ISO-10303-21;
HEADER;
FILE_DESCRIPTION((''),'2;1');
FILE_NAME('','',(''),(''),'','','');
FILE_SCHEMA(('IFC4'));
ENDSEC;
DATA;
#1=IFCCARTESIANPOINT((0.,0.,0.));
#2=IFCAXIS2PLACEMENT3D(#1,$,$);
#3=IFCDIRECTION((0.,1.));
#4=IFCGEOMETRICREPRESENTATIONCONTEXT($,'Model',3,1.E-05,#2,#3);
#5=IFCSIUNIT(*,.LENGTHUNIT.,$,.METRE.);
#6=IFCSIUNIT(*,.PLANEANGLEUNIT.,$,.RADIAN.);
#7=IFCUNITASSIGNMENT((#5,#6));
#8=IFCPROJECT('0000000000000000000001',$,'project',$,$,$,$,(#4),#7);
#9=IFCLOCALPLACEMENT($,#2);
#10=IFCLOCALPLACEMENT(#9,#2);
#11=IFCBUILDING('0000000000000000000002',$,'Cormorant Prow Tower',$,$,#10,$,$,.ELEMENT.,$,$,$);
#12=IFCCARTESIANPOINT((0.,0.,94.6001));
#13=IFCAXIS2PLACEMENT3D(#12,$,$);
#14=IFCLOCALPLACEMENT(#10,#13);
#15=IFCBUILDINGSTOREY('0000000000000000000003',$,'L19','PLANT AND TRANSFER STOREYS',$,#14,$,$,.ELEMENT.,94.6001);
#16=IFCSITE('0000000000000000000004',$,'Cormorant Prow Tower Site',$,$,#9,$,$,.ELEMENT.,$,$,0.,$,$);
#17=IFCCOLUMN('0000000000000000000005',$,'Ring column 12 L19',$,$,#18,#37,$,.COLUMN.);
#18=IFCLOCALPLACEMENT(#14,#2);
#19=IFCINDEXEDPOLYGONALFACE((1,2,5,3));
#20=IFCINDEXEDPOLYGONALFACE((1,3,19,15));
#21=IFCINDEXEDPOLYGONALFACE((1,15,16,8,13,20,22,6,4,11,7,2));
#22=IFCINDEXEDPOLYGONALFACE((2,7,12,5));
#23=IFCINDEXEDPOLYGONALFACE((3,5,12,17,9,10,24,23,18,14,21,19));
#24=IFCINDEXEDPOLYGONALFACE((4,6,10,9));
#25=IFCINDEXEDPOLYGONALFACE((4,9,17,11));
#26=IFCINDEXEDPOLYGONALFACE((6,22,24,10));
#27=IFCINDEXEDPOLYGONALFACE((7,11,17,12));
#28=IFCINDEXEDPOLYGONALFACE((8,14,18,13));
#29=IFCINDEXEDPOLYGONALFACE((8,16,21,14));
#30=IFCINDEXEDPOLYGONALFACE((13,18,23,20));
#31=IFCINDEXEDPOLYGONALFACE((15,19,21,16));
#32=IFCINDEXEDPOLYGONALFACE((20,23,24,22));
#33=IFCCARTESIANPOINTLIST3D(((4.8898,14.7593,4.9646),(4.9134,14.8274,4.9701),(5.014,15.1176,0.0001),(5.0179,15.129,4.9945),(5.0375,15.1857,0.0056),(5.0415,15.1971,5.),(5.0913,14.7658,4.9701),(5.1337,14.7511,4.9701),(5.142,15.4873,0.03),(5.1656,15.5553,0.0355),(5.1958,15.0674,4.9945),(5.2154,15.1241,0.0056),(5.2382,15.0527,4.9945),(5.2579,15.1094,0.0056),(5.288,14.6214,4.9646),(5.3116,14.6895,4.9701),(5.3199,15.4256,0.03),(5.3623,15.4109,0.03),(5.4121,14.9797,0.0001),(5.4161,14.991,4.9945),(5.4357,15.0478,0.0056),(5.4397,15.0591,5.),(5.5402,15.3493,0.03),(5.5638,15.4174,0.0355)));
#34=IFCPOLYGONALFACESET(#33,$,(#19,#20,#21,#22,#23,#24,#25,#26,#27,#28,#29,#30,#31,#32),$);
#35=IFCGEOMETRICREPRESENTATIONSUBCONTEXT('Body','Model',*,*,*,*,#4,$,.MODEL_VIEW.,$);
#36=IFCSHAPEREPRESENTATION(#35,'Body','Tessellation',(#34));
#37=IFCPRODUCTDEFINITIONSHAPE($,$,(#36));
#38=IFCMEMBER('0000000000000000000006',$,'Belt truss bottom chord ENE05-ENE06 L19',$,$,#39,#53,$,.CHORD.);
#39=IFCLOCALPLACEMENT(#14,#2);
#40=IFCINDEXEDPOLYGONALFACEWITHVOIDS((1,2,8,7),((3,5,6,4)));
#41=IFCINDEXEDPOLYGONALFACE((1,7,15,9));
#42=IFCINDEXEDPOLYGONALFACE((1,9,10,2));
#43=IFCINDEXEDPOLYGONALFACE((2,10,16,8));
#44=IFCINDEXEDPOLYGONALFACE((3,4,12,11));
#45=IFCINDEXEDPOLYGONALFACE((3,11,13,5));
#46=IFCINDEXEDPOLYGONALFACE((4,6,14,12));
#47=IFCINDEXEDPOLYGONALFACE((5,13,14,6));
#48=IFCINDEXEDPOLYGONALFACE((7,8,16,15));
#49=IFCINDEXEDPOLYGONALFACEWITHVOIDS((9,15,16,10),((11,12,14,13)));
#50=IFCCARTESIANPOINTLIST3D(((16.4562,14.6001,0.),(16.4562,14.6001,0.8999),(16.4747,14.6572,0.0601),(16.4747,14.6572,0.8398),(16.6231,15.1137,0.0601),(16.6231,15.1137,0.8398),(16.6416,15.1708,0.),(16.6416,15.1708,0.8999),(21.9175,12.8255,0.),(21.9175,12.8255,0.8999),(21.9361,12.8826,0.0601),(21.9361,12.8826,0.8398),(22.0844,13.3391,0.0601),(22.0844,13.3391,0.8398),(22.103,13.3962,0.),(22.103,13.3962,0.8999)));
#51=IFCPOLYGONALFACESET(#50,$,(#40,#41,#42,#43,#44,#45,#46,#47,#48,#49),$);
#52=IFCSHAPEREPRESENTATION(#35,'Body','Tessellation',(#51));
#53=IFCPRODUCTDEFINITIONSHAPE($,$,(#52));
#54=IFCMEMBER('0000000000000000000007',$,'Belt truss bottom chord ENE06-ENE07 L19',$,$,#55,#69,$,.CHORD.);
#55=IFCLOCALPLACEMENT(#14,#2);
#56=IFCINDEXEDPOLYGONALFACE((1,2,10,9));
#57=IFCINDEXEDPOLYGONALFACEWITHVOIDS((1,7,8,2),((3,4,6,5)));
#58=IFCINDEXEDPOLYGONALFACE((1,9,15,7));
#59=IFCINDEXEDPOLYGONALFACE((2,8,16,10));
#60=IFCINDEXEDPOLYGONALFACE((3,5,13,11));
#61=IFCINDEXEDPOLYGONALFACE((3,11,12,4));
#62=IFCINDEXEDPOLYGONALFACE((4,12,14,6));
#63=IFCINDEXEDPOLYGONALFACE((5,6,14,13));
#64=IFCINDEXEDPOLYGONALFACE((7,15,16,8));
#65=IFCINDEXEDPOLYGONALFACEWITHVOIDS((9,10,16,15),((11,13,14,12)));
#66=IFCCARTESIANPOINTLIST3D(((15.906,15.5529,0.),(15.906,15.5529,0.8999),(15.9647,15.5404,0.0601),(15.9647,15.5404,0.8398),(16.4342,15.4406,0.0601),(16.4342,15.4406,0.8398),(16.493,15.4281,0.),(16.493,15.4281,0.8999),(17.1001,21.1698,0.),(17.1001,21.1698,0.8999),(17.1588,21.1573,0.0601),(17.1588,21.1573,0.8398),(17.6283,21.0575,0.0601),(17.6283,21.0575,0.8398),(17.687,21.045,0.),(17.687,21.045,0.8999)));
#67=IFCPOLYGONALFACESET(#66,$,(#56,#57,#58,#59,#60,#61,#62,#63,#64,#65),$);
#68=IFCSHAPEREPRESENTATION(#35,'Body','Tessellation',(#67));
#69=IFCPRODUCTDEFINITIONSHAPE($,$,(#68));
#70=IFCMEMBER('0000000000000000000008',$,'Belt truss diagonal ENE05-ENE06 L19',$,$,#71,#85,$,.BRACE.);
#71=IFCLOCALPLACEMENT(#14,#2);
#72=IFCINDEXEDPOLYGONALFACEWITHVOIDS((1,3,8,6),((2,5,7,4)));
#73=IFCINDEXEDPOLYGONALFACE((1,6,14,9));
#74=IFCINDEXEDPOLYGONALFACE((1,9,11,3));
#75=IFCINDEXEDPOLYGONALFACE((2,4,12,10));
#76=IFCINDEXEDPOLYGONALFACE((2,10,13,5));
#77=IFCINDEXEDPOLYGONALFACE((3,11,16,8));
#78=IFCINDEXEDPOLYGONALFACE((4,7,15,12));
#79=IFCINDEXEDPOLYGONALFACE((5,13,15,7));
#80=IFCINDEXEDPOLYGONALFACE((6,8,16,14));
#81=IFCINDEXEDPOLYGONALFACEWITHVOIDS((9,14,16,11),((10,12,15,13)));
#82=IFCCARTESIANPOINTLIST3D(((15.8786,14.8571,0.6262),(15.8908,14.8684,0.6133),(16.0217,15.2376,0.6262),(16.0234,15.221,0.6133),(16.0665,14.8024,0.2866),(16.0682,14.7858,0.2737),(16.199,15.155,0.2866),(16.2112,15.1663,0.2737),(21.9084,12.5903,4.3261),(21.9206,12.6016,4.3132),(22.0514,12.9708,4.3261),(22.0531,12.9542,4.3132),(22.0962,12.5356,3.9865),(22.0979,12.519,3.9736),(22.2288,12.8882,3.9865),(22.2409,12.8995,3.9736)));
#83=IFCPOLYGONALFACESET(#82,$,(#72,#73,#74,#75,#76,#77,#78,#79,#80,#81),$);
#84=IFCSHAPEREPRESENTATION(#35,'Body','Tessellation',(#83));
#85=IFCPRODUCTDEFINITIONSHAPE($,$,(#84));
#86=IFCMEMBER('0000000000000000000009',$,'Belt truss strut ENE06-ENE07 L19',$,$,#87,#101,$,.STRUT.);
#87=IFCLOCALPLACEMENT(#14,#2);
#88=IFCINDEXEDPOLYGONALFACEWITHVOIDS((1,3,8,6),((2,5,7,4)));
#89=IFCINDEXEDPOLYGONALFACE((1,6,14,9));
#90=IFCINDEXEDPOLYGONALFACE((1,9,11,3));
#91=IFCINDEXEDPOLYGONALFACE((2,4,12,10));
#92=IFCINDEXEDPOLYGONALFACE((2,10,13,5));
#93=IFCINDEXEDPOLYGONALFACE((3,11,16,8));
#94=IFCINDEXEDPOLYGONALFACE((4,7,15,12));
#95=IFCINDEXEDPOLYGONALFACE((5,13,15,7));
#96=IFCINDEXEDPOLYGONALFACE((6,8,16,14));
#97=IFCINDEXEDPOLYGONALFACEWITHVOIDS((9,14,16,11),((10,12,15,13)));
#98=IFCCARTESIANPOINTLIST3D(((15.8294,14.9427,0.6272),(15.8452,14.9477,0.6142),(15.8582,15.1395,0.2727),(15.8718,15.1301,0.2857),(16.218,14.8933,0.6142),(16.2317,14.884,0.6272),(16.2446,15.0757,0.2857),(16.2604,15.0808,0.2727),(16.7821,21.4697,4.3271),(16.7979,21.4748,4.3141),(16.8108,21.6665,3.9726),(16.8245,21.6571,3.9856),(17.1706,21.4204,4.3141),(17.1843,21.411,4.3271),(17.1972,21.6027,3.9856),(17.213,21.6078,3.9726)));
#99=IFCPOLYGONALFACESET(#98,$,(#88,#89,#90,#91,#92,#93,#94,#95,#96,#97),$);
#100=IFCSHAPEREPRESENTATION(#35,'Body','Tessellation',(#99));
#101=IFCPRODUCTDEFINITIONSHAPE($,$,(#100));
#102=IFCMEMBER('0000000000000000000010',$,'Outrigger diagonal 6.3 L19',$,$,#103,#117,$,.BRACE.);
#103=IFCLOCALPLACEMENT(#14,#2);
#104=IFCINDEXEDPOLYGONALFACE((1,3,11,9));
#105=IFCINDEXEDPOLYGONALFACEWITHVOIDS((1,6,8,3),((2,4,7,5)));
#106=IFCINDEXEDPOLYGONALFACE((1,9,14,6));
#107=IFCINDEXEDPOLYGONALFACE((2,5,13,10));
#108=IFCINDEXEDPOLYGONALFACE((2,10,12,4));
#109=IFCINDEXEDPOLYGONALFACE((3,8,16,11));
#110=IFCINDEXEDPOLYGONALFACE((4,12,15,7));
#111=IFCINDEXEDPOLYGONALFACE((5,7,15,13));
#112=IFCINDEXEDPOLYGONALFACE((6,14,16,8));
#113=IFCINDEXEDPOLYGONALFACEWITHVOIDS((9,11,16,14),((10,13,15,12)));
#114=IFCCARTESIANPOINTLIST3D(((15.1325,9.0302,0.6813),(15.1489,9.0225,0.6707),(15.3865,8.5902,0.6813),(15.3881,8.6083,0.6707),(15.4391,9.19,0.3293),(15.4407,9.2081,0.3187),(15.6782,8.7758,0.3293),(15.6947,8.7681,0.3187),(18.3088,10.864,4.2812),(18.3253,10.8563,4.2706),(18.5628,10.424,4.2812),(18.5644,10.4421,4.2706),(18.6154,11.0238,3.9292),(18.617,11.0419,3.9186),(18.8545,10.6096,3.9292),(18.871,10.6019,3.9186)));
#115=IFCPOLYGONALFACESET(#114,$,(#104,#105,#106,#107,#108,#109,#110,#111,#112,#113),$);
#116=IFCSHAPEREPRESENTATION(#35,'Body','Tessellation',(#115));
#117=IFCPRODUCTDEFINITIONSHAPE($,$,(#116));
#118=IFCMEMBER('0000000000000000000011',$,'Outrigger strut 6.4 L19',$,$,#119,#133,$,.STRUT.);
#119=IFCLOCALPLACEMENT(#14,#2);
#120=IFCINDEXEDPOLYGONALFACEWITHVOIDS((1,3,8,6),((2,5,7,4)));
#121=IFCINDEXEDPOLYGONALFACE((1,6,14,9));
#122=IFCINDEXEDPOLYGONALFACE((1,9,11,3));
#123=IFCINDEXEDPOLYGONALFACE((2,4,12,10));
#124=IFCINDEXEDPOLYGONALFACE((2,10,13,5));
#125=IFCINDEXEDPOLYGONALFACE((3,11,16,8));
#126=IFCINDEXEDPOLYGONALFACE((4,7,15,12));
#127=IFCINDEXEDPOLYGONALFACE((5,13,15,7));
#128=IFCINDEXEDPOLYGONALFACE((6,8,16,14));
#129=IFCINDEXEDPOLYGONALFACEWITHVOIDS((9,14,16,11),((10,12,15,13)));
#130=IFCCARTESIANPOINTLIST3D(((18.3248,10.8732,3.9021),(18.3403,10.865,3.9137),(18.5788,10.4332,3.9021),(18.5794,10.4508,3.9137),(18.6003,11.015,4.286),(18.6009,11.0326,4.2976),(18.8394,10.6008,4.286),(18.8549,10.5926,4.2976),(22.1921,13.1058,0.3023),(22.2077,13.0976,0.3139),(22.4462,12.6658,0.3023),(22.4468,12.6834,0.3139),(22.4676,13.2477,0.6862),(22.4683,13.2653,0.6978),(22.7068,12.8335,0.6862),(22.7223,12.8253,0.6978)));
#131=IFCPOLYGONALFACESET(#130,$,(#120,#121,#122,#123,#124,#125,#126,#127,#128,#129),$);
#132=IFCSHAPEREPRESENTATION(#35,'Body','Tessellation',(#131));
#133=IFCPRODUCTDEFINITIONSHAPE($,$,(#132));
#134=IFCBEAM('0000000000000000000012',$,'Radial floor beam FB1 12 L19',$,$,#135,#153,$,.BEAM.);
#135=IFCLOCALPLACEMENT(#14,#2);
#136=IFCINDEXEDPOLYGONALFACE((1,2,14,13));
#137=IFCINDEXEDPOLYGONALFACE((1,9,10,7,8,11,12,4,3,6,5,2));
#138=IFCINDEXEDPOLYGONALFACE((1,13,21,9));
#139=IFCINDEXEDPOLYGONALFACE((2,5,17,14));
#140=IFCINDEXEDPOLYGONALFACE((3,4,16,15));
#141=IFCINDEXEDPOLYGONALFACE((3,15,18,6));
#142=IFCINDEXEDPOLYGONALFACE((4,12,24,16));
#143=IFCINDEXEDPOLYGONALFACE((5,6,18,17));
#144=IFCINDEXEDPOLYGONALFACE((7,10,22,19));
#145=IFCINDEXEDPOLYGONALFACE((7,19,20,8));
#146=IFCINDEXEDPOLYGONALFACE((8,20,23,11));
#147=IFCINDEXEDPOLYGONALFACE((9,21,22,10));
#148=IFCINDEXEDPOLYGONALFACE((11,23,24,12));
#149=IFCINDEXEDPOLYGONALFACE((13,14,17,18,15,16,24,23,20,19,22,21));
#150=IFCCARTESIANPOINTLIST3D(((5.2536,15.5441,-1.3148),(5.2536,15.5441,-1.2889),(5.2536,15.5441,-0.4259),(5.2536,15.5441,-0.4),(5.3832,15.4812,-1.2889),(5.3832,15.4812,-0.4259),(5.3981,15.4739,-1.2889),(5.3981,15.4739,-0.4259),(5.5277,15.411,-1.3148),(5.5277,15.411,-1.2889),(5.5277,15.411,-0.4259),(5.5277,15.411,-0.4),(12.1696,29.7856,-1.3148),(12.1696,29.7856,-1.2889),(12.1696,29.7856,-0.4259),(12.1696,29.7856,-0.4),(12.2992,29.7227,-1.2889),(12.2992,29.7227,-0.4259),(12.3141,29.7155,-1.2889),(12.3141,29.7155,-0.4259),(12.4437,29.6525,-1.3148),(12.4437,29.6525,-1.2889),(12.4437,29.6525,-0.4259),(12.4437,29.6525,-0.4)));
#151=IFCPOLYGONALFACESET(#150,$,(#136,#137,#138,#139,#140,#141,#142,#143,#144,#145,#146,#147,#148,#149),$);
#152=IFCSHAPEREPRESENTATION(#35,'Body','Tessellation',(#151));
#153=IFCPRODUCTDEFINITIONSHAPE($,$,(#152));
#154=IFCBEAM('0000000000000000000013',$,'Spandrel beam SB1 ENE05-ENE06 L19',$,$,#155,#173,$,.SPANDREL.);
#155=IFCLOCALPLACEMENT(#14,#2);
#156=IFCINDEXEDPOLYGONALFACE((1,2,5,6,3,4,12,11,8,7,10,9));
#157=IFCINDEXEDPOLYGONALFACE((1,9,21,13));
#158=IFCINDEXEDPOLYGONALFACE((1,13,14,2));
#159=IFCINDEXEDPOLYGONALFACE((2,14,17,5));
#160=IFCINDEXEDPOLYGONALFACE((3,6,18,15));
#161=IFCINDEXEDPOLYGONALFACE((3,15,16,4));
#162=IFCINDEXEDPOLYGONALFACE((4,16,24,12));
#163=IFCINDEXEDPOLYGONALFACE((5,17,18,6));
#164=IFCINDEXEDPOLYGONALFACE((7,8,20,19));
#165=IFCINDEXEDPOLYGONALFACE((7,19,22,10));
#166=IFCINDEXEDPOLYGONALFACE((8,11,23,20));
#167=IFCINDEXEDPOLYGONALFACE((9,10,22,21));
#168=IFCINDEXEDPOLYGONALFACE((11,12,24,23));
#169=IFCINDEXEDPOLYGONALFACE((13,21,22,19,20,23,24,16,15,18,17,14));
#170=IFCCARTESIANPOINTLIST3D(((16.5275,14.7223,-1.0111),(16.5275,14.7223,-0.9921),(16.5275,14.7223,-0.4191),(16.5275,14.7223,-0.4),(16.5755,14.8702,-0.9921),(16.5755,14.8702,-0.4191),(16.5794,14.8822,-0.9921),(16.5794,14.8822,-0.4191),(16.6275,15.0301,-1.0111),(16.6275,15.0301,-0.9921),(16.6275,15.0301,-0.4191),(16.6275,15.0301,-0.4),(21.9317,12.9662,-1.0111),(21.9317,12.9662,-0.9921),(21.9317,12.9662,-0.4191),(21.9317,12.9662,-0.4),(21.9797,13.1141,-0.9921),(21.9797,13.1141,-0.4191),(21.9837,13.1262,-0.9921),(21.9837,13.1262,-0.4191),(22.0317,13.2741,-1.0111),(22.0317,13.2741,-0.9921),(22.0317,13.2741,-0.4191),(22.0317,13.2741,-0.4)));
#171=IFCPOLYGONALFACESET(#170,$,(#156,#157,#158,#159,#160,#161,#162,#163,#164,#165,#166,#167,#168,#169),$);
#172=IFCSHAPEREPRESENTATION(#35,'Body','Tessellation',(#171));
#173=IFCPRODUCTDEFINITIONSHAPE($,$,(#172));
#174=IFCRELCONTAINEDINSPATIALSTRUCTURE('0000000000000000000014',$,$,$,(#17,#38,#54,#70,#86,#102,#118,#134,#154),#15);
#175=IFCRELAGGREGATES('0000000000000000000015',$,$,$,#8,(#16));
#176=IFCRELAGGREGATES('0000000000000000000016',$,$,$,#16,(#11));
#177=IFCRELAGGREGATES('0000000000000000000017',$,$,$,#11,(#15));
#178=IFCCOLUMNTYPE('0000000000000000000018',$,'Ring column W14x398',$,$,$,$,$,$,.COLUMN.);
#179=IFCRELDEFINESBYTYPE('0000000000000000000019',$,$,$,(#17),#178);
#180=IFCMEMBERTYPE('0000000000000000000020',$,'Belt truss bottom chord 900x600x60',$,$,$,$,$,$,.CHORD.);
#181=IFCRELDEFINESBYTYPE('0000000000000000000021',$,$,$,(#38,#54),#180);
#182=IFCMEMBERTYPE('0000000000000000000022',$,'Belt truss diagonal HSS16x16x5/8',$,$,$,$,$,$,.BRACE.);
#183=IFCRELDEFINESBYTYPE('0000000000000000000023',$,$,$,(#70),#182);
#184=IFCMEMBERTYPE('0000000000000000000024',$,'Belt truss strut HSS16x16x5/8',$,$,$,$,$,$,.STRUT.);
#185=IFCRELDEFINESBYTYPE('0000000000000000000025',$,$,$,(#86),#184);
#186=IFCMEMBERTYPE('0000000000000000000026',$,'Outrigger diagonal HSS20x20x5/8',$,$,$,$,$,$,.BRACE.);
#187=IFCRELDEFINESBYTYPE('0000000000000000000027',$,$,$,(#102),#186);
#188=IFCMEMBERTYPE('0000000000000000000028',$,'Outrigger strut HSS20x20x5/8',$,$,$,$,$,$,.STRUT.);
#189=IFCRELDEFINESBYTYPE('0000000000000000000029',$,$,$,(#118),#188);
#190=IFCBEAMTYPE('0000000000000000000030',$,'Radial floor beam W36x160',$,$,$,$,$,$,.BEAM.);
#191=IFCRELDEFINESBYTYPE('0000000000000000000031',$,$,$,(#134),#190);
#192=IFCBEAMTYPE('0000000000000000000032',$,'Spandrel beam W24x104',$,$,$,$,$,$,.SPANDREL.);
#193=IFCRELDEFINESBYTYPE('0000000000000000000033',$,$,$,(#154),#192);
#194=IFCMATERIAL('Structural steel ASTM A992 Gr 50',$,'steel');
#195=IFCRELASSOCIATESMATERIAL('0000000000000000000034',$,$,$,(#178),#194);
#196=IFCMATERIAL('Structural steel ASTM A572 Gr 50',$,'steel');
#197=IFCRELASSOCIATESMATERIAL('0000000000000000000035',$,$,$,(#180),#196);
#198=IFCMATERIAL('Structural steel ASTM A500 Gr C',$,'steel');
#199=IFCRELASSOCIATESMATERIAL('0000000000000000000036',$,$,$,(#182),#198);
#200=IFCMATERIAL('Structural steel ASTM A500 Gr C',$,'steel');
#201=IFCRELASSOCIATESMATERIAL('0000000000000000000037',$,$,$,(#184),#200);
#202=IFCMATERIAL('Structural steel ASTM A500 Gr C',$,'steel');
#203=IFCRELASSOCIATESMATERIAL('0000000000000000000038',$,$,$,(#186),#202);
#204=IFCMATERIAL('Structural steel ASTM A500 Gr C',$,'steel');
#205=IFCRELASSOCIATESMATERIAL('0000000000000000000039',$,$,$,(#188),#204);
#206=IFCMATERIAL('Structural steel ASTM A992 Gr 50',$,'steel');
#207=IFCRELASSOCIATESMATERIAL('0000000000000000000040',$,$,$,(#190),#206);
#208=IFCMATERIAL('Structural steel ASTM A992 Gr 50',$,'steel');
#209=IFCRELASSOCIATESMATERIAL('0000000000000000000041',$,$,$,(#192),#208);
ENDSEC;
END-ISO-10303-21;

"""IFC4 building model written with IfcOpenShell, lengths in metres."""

from ifc_helpers import new_model, si_unit, direction, frame, origin, origin_2d, place, context, subcontext, project, spatial, hollow_rectangle, i_section, extrude, material, material_profile, profile_set, type_object, element, save


model = new_model("IFC4")

# Units and contexts
model_context = context("Model", 3, precision=1e-05, world=origin(), true_north=direction((0.0, 1.0)))
body_context = subcontext(model_context, "Body", "Model", "MODEL_VIEW")
ifc_project = project(units=[si_unit("LENGTHUNIT", "METRE"), si_unit("PLANEANGLEUNIT", "RADIAN")], contexts=[model_context])

# Site, building, storey
site_placement = place(None, origin())
site = spatial("IfcSite", under=ifc_project, at=site_placement, Name="Cormorant Prow Tower Site", CompositionType="ELEMENT", RefElevation=0.0)
building_placement = place(site_placement, origin())
building = spatial("IfcBuilding", under=site, at=building_placement, Name="Cormorant Prow Tower", CompositionType="ELEMENT")
storey_placement = place(building_placement, frame((0.0, 0.0, 94.6001)))
storey = spatial("IfcBuildingStorey", under=building, at=storey_placement, Name="L19", Description="PLANT AND TRANSFER STOREYS", CompositionType="ELEMENT", Elevation=94.6001)

# Column
ifc_material_1 = material(Name="Structural steel ASTM A992 Gr 50", Category="steel")
ifc_material_profile_1 = material_profile(ifc_material_1, i_section(OverallWidth=0.4214, OverallDepth=0.4646, WebThickness=0.0449, FlangeThickness=0.0723, at=origin_2d()), Name="W14x398")
ifc_profile_set_1 = profile_set([ifc_material_profile_1], Name="Structural steel ASTM A992 Gr 50")
column_type_1 = type_object("IfcColumnType", Name="Ring column W14x398", PredefinedType="COLUMN", material=ifc_profile_set_1)
column_1_placement = place(storey_placement, frame((5.2893, 15.2688, 0.0), z_axis=(-0.024927, -0.071958, 0.997096), x_axis=(0.94491, -0.32733, 0.0)))
element("IfcColumn", 1, at=column_1_placement, inside=storey, type_object=column_type_1, Name="Ring column 12 L19", PredefinedType="COLUMN", context=body_context, shape_type="SweptSolid", body=[
    extrude(i_section(OverallWidth=0.4214, OverallDepth=0.4646, WebThickness=0.0449, FlangeThickness=0.0723, at=origin_2d()), frame((0.0, 0.0, 0.0178)), (0.0, 0.0, 1.0), 4.979),
])

# Members
ifc_material_2 = material(Name="Structural steel ASTM A572 Gr 50", Category="steel")
ifc_material_profile_2 = material_profile(ifc_material_2, hollow_rectangle(XDim=0.6001, YDim=0.8999, WallThickness=0.0601, at=origin_2d()), Name="Box 900x600x60")
ifc_profile_set_2 = profile_set([ifc_material_profile_2], Name="Structural steel ASTM A572 Gr 50")
member_type_1 = type_object("IfcMemberType", Name="Belt truss bottom chord 900x600x60", PredefinedType="CHORD", material=ifc_profile_set_2)
for number, where, z_axis, x_axis, name in (
    (2, (22.0103, 13.1108, 0.45), (-0.95105, 0.309038, 0.0), (-0.309038, -0.95105, 0.0), "Belt truss bottom chord ENE05-ENE06 L19"),
    (3, (16.1995, 15.4905, 0.45), (0.207941, 0.978141, 0.0), (-0.978141, 0.207941, 0.0), "Belt truss bottom chord ENE06-ENE07 L19"),
):
    element("IfcMember", number, at=place(storey_placement, frame(where, z_axis=z_axis, x_axis=x_axis)), inside=storey, type_object=member_type_1, Name=name, PredefinedType="CHORD", context=body_context, shape_type="SweptSolid", body=[
        extrude(hollow_rectangle(XDim=0.6001, YDim=0.8999, WallThickness=0.0601, at=origin_2d()), origin(), (0.0, 0.0, 1.0), 5.7424),
    ])
ifc_material_3 = material(Name="Structural steel ASTM A500 Gr C", Category="steel")
ifc_material_profile_3 = material_profile(ifc_material_3, hollow_rectangle(XDim=0.4065, YDim=0.4065, WallThickness=0.0149, at=origin_2d()), Name="HSS16x16x5/8")
ifc_profile_set_3 = profile_set([ifc_material_profile_3], Name="Structural steel ASTM A500 Gr C")
member_type_2 = type_object("IfcMemberType", Name="Belt truss diagonal HSS16x16x5/8", PredefinedType="BRACE", material=ifc_profile_set_3)
member_1_placement = place(storey_placement, frame((16.0449, 15.0117, 0.45), z_axis=(0.811681, -0.305144, 0.498057), x_axis=(0.351896, 0.936039, 0.0)))
element("IfcMember", 4, at=member_1_placement, inside=storey, type_object=member_type_2, Name="Belt truss diagonal ENE05-ENE06 L19", PredefinedType="BRACE", context=body_context, shape_type="SweptSolid", body=[
    extrude(hollow_rectangle(XDim=0.4065, YDim=0.4065, WallThickness=0.0149, at=origin_2d()), origin(), (0.0, 0.0, 1.0), 7.4287),
])
ifc_material_4 = material(Name="Structural steel ASTM A500 Gr C", Category="steel")
ifc_material_profile_4 = material_profile(ifc_material_4, hollow_rectangle(XDim=0.4065, YDim=0.4065, WallThickness=0.0149, at=origin_2d()), Name="HSS16x16x5/8")
ifc_profile_set_4 = profile_set([ifc_material_profile_4], Name="Structural steel ASTM A500 Gr C")
member_type_3 = type_object("IfcMemberType", Name="Belt truss strut HSS16x16x5/8", PredefinedType="STRUT", material=ifc_profile_set_4)
member_2_placement = place(storey_placement, frame((16.0449, 15.0117, 0.45), z_axis=(0.125959, 0.863021, 0.489212), x_axis=(-0.989516, 0.144421, 0.0)))
element("IfcMember", 5, at=member_2_placement, inside=storey, type_object=member_type_3, Name="Belt truss strut ENE06-ENE07 L19", PredefinedType="STRUT", context=body_context, shape_type="SweptSolid", body=[
    extrude(hollow_rectangle(XDim=0.4065, YDim=0.4065, WallThickness=0.0149, at=origin_2d()), origin(), (0.0, 0.0, 1.0), 7.563),
])
ifc_material_5 = material(Name="Structural steel ASTM A500 Gr C", Category="steel")
ifc_material_profile_5 = material_profile(ifc_material_5, hollow_rectangle(XDim=0.5081, YDim=0.5081, WallThickness=0.0149, at=origin_2d()), Name="HSS20x20x5/8")
ifc_profile_set_5 = profile_set([ifc_material_profile_5], Name="Structural steel ASTM A500 Gr C")
member_type_4 = type_object("IfcMemberType", Name="Outrigger diagonal HSS20x20x5/8", PredefinedType="BRACE", material=ifc_profile_set_5)
member_3_placement = place(storey_placement, frame((15.4136, 8.8992, 0.5), z_axis=(0.618061, 0.356822, 0.700485), x_axis=(-0.499984, 0.866035, 0.0)))
element("IfcMember", 6, at=member_3_placement, inside=storey, type_object=member_type_4, Name="Outrigger diagonal 6.3 L19", PredefinedType="BRACE", context=body_context, shape_type="SweptSolid", body=[
    extrude(hollow_rectangle(XDim=0.5081, YDim=0.5081, WallThickness=0.0149, at=origin_2d()), origin(), (0.0, 0.0, 1.0), 5.1392),
])
ifc_material_6 = material(Name="Structural steel ASTM A500 Gr C", Category="steel")
ifc_material_profile_6 = material_profile(ifc_material_6, hollow_rectangle(XDim=0.5081, YDim=0.5081, WallThickness=0.0149, at=origin_2d()), Name="HSS20x20x5/8")
ifc_profile_set_6 = profile_set([ifc_material_profile_6], Name="Structural steel ASTM A500 Gr C")
member_type_5 = type_object("IfcMemberType", Name="Outrigger strut HSS20x20x5/8", PredefinedType="STRUT", material=ifc_profile_set_6)
member_4_placement = place(storey_placement, frame((18.5898, 10.7329, 4.0999), z_axis=(0.674248, 0.389243, -0.627598), x_axis=(-0.499967, 0.866044, 0.0)))
element("IfcMember", 7, at=member_4_placement, inside=storey, type_object=member_type_5, Name="Outrigger strut 6.4 L19", PredefinedType="STRUT", context=body_context, shape_type="SweptSolid", body=[
    extrude(hollow_rectangle(XDim=0.5081, YDim=0.5081, WallThickness=0.0149, at=origin_2d()), origin(), (0.0, 0.0, 1.0), 5.7358),
])

# Beams
ifc_material_7 = material(Name="Structural steel ASTM A992 Gr 50", Category="steel")
ifc_material_profile_7 = material_profile(ifc_material_7, i_section(OverallWidth=0.3047, OverallDepth=0.9148, WebThickness=0.0166, FlangeThickness=0.0259, at=origin_2d()), Name="W36x160")
ifc_profile_set_7 = profile_set([ifc_material_profile_7], Name="Structural steel ASTM A992 Gr 50")
beam_type_1 = type_object("IfcBeamType", Name="Radial floor beam W36x160", PredefinedType="BEAM", material=ifc_profile_set_7)
beam_1_placement = place(storey_placement, frame((5.3906, 15.4775, -0.8574), z_axis=(0.436839, 0.899539, 0.0), x_axis=(-0.899539, 0.436839, 0.0)))
element("IfcBeam", 8, at=beam_1_placement, inside=storey, type_object=beam_type_1, Name="Radial floor beam FB1 12 L19", PredefinedType="BEAM", context=body_context, shape_type="SweptSolid", body=[
    extrude(i_section(OverallWidth=0.3047, OverallDepth=0.9148, WebThickness=0.0166, FlangeThickness=0.0259, at=origin_2d()), origin(), (0.0, 0.0, 1.0), 15.832),
])
ifc_material_8 = material(Name="Structural steel ASTM A992 Gr 50", Category="steel")
ifc_material_profile_8 = material_profile(ifc_material_8, i_section(OverallWidth=0.3237, OverallDepth=0.6111, WebThickness=0.0127, FlangeThickness=0.019, at=origin_2d()), Name="W24x104")
ifc_profile_set_8 = profile_set([ifc_material_profile_8], Name="Structural steel ASTM A992 Gr 50")
beam_type_2 = type_object("IfcBeamType", Name="Spandrel beam W24x104", PredefinedType="SPANDREL", material=ifc_profile_set_8)
beam_2_placement = place(storey_placement, frame((21.9817, 13.1201, -0.7056), z_axis=(-0.951049, 0.309039, 0.0), x_axis=(-0.309039, -0.951049, 0.0)))
element("IfcBeam", 9, at=beam_2_placement, inside=storey, type_object=beam_type_2, Name="Spandrel beam SB1 ENE05-ENE06 L19", PredefinedType="SPANDREL", context=body_context, shape_type="SweptSolid", body=[
    extrude(i_section(OverallWidth=0.3237, OverallDepth=0.6111, WebThickness=0.0127, FlangeThickness=0.019, at=origin_2d()), origin(), (0.0, 0.0, 1.0), 5.6824),
])

save(model, "model.ifc")
